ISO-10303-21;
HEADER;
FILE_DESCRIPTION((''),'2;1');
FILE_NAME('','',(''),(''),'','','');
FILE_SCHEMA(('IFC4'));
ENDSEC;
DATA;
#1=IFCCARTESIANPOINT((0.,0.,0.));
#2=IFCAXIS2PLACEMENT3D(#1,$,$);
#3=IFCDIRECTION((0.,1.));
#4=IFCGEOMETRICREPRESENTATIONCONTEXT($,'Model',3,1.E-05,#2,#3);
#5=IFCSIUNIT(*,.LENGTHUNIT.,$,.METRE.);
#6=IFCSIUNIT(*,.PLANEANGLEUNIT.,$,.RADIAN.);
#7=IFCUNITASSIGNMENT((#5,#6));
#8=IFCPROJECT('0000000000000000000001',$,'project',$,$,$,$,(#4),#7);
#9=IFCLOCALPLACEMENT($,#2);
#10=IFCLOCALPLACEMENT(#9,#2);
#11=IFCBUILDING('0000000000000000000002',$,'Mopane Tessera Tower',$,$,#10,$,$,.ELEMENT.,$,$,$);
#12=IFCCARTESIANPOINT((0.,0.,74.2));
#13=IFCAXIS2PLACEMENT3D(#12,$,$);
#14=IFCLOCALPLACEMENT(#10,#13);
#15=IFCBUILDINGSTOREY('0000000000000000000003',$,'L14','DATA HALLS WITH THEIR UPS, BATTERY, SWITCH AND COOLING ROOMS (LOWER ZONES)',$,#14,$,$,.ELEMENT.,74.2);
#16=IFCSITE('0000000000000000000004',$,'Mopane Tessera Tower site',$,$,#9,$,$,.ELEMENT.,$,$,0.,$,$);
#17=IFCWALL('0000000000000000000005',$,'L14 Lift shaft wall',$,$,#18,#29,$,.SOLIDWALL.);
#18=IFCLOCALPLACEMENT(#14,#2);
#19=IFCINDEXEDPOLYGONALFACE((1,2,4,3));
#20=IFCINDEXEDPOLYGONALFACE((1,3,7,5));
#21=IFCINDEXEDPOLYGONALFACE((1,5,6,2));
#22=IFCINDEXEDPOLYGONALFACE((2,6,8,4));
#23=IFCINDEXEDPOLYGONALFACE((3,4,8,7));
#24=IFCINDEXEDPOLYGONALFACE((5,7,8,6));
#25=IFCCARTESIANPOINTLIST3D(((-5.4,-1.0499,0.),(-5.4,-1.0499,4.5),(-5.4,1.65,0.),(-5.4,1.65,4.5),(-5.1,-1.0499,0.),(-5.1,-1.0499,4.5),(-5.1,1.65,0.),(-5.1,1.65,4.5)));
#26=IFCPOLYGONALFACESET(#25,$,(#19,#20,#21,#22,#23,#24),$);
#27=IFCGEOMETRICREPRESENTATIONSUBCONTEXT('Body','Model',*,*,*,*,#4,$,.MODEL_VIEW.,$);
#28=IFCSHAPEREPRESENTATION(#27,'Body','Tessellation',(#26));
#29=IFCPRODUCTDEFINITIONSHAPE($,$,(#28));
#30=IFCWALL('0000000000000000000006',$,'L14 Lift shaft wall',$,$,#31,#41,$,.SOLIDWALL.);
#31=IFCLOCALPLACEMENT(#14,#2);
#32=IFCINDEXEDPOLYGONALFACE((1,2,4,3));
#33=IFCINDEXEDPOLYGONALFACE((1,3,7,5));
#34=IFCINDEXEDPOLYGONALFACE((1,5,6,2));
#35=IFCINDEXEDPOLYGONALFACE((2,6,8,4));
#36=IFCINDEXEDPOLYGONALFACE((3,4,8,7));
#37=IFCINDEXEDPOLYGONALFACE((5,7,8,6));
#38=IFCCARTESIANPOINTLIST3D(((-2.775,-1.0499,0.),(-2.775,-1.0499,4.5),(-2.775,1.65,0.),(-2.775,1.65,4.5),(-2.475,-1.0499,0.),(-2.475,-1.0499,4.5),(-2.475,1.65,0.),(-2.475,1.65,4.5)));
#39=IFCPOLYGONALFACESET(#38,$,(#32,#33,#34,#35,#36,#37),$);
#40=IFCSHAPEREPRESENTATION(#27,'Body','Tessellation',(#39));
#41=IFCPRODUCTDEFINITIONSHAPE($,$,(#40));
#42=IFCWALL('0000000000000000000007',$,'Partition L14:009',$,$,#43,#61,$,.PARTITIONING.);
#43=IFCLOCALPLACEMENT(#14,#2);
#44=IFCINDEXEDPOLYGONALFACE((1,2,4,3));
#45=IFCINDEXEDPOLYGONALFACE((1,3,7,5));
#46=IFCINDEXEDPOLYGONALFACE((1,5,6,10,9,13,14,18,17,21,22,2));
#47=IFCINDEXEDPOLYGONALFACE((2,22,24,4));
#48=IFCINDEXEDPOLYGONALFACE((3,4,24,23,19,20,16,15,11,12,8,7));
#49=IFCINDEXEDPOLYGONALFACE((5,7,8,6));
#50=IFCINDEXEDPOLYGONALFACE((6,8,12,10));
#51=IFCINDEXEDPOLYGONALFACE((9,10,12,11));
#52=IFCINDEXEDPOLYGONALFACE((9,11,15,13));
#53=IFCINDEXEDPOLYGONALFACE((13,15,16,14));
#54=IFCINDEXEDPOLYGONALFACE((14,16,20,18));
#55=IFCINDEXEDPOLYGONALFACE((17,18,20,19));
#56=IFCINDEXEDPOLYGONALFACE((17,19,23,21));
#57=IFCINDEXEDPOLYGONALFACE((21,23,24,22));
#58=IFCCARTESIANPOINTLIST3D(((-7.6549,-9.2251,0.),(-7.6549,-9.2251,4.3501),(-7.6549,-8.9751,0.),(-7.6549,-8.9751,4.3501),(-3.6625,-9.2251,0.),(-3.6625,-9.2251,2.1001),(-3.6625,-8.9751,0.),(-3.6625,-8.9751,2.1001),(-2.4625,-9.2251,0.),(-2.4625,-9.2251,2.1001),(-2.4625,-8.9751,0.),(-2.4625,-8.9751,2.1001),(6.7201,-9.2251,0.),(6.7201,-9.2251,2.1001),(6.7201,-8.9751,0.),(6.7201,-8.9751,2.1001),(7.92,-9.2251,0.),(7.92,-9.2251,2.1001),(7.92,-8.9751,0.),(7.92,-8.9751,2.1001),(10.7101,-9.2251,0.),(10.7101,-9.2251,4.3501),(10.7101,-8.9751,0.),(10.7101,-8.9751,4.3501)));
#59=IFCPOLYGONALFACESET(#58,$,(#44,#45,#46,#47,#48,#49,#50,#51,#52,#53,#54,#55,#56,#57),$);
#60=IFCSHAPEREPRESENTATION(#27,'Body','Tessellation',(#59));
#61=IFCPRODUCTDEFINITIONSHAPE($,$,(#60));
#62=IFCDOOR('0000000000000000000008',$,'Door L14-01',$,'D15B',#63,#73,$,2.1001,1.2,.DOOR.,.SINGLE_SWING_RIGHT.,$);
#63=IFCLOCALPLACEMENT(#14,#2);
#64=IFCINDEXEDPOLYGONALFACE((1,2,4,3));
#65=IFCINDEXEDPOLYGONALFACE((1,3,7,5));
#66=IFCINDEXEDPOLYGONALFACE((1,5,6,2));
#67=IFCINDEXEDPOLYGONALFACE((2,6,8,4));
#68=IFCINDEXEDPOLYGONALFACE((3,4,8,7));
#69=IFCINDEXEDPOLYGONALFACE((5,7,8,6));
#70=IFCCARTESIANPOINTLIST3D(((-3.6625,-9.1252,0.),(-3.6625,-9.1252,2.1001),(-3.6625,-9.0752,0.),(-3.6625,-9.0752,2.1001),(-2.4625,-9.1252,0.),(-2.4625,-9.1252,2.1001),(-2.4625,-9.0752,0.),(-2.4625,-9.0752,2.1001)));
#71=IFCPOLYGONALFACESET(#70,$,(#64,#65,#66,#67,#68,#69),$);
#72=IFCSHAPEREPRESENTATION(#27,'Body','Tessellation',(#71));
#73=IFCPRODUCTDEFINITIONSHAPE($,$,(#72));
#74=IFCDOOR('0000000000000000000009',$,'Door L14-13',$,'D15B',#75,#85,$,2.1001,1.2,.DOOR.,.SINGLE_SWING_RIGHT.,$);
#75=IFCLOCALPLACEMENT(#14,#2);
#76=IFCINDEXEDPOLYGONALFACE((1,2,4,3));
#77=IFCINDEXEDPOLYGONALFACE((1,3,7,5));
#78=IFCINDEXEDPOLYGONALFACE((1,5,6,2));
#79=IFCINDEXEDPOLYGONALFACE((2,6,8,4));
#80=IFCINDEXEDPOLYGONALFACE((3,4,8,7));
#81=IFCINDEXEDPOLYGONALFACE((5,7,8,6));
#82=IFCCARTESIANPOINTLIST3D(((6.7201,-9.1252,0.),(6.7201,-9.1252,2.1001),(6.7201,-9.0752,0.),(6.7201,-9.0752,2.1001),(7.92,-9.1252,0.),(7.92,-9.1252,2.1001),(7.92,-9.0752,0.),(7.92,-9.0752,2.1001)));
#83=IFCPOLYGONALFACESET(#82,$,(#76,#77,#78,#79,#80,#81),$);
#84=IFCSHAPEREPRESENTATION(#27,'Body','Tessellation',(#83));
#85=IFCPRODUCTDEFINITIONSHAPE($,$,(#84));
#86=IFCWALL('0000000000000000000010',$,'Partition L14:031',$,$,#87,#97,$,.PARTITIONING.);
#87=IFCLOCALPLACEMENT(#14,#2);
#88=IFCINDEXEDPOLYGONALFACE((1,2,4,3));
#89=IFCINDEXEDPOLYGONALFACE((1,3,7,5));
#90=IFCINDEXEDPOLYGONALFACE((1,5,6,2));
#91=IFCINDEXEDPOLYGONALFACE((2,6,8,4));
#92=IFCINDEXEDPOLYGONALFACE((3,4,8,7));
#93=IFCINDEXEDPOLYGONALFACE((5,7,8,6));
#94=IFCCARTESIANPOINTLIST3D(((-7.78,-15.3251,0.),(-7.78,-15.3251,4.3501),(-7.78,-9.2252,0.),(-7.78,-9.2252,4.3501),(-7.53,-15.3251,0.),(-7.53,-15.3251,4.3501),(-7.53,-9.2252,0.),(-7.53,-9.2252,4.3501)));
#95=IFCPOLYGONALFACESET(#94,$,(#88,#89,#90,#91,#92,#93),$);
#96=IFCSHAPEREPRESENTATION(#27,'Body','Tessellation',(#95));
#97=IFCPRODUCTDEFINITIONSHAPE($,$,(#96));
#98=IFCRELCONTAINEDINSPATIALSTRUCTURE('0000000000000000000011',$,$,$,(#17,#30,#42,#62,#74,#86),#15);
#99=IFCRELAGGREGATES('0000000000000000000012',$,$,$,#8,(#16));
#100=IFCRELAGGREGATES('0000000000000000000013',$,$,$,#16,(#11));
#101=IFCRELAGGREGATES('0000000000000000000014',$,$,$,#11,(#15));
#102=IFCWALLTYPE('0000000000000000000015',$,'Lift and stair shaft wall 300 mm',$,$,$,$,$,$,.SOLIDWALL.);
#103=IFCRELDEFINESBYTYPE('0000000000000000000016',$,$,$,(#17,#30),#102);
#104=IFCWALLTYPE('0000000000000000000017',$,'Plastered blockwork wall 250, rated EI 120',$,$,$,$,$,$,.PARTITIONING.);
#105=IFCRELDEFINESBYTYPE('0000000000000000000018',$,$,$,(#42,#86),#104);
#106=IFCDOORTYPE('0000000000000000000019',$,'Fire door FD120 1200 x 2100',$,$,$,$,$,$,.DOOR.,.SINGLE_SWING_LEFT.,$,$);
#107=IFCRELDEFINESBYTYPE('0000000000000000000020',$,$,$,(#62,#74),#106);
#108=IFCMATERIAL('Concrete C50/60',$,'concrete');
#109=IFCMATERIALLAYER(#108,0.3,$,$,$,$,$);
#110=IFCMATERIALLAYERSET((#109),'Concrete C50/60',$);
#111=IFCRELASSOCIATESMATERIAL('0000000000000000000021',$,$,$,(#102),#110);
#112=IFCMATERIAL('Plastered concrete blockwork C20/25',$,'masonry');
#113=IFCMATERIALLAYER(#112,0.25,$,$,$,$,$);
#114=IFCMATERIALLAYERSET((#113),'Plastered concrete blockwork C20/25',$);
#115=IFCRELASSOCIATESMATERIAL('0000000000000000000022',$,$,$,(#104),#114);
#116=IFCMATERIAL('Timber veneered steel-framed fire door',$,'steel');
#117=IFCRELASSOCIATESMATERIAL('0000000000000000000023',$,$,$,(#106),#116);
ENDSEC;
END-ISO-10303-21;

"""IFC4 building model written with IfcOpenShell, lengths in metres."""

from ifc_helpers import new_model, si_unit, direction, frame, frame_2d, origin, place, context, subcontext, project, spatial, rectangle, extrude, material, layer, layer_set, type_object, element, fill, save


model = new_model("IFC4")

# Units and contexts
model_context = context("Model", 3, precision=1e-05, world=origin(), true_north=direction((0.0, 1.0)))
body_context = subcontext(model_context, "Body", "Model", "MODEL_VIEW")
ifc_project = project(units=[si_unit("LENGTHUNIT", "METRE"), si_unit("PLANEANGLEUNIT", "RADIAN")], contexts=[model_context])

# Site, building, storey
site_placement = place(None, origin())
site = spatial("IfcSite", under=ifc_project, at=site_placement, Name="Mopane Tessera Tower site", CompositionType="ELEMENT", RefElevation=0.0)
building_placement = place(site_placement, origin())
building = spatial("IfcBuilding", under=site, at=building_placement, Name="Mopane Tessera Tower", CompositionType="ELEMENT")
storey_placement = place(building_placement, frame((0.0, 0.0, 74.2)))
storey = spatial("IfcBuildingStorey", under=building, at=storey_placement, Name="L14", Description="DATA HALLS WITH THEIR UPS, BATTERY, SWITCH AND COOLING ROOMS (LOWER ZONES)", CompositionType="ELEMENT", Elevation=74.2)

# Walls
ifc_material_1 = material(Name="Concrete C50/60", Category="concrete")
ifc_layer_1 = layer(ifc_material_1, 0.3)
ifc_layer_set_1 = layer_set([ifc_layer_1], Name="Concrete C50/60")
wall_type_1 = type_object("IfcWallType", Name="Lift and stair shaft wall 300 mm", PredefinedType="SOLIDWALL", material=ifc_layer_set_1)
for number, where, z_axis, x_axis, name in (
    (1, (-5.25, -1.05, 0.0), (0.0, 0.0, 1.0), (0.0, 1.0, 0.0), "L14 Lift shaft wall"),
    (2, (-2.625, -1.05, 0.0), (0.0, 0.0, 1.0), (0.0, 1.0, 0.0), "L14 Lift shaft wall"),
):
    element("IfcWall", number, at=place(storey_placement, frame(where, z_axis=z_axis, x_axis=x_axis)), inside=storey, type_object=wall_type_1, Name=name, PredefinedType="SOLIDWALL", context=body_context, shape_type="SweptSolid", body=[
        extrude(rectangle(XDim=2.7, YDim=0.3, at=frame_2d((1.3501, 0.0))), origin(), (0.0, 0.0, 1.0), 4.5),
    ])

# Wall, openings, doors
ifc_material_2 = material(Name="Plastered concrete blockwork C20/25", Category="masonry")
ifc_layer_2 = layer(ifc_material_2, 0.25)
ifc_layer_set_2 = layer_set([ifc_layer_2], Name="Plastered concrete blockwork C20/25")
wall_type_2 = type_object("IfcWallType", Name="Plastered blockwork wall 250, rated EI 120", PredefinedType="PARTITIONING", material=ifc_layer_set_2)
wall_1_placement = place(storey_placement, frame((-7.655, -9.1001, 0.0), z_axis=(0.0, 0.0, 1.0), x_axis=(1.0, 0.0, 0.0)))
wall_1 = element("IfcWall", 3, at=wall_1_placement, inside=storey, type_object=wall_type_2, Name="Partition L14:009", PredefinedType="PARTITIONING", context=body_context, shape_type="SweptSolid", body=[
    extrude(rectangle(XDim=18.365, YDim=0.25, at=frame_2d((9.1826, 0.0))), origin(), (0.0, 0.0, 1.0), 4.3501),
])
opening_1_placement = place(wall_1_placement, frame((3.9924, 0.0, 0.0)))
opening_1 = element("IfcOpeningElement", 4, at=opening_1_placement, cuts=wall_1, PredefinedType="OPENING", context=body_context, shape_type="SweptSolid", body=[
    extrude(rectangle(XDim=1.2, YDim=2.1001, at=frame_2d((0.6001, 1.05))), frame((0.0, 0.137, 0.0), z_axis=(0.0, -1.0, 0.0), x_axis=(1.0, 0.0, 0.0)), (0.0, 0.0, 1.0), 0.2739),
])
opening_2_placement = place(wall_1_placement, frame((14.375, 0.0, 0.0)))
opening_2 = element("IfcOpeningElement", 5, at=opening_2_placement, cuts=wall_1, PredefinedType="OPENING", context=body_context, shape_type="SweptSolid", body=[
    extrude(rectangle(XDim=1.2, YDim=2.1001, at=frame_2d((0.6001, 1.05))), frame((0.0, 0.137, 0.0), z_axis=(0.0, -1.0, 0.0), x_axis=(1.0, 0.0, 0.0)), (0.0, 0.0, 1.0), 0.2739),
])
ifc_material_3 = material(Name="Timber veneered steel-framed fire door", Category="steel")
door_type_1 = type_object("IfcDoorType", Name="Fire door FD120 1200 x 2100", OperationType="SINGLE_SWING_LEFT", PredefinedType="DOOR", material=ifc_material_3)
door_1_placement = place(opening_1_placement, origin())
door_1 = element("IfcDoor", 6, at=door_1_placement, inside=storey, type_object=door_type_1, Name="Door L14-01", ObjectType="D15B", OperationType="SINGLE_SWING_RIGHT", OverallHeight=2.1001, OverallWidth=1.2, PredefinedType="DOOR", context=body_context, shape_type="SweptSolid", body=[
    extrude(rectangle(XDim=1.2, YDim=2.1001, at=frame_2d((0.6001, 1.05))), frame((0.0, 0.0249, 0.0), z_axis=(0.0, -1.0, 0.0), x_axis=(1.0, 0.0, 0.0)), (0.0, 0.0, 1.0), 0.05),
])
fill(opening_1, door_1)
door_2_placement = place(opening_2_placement, origin())
door_2 = element("IfcDoor", 7, at=door_2_placement, inside=storey, type_object=door_type_1, Name="Door L14-13", ObjectType="D15B", OperationType="SINGLE_SWING_RIGHT", OverallHeight=2.1001, OverallWidth=1.2, PredefinedType="DOOR", context=body_context, shape_type="SweptSolid", body=[
    extrude(rectangle(XDim=1.2, YDim=2.1001, at=frame_2d((0.6001, 1.05))), frame((0.0, 0.0249, 0.0), z_axis=(0.0, -1.0, 0.0), x_axis=(1.0, 0.0, 0.0)), (0.0, 0.0, 1.0), 0.05),
])
fill(opening_2, door_2)

# Wall
wall_2_placement = place(storey_placement, frame((-7.655, -15.325, 0.0), z_axis=(0.0, 0.0, 1.0), x_axis=(0.0, 1.0, 0.0)))
element("IfcWall", 8, at=wall_2_placement, inside=storey, type_object=wall_type_2, Name="Partition L14:031", PredefinedType="PARTITIONING", context=body_context, shape_type="SweptSolid", body=[
    extrude(rectangle(XDim=6.0999, YDim=0.25, at=frame_2d((3.0498, 0.0))), origin(), (0.0, 0.0, 1.0), 4.3501),
])

save(model, "model.ifc")
